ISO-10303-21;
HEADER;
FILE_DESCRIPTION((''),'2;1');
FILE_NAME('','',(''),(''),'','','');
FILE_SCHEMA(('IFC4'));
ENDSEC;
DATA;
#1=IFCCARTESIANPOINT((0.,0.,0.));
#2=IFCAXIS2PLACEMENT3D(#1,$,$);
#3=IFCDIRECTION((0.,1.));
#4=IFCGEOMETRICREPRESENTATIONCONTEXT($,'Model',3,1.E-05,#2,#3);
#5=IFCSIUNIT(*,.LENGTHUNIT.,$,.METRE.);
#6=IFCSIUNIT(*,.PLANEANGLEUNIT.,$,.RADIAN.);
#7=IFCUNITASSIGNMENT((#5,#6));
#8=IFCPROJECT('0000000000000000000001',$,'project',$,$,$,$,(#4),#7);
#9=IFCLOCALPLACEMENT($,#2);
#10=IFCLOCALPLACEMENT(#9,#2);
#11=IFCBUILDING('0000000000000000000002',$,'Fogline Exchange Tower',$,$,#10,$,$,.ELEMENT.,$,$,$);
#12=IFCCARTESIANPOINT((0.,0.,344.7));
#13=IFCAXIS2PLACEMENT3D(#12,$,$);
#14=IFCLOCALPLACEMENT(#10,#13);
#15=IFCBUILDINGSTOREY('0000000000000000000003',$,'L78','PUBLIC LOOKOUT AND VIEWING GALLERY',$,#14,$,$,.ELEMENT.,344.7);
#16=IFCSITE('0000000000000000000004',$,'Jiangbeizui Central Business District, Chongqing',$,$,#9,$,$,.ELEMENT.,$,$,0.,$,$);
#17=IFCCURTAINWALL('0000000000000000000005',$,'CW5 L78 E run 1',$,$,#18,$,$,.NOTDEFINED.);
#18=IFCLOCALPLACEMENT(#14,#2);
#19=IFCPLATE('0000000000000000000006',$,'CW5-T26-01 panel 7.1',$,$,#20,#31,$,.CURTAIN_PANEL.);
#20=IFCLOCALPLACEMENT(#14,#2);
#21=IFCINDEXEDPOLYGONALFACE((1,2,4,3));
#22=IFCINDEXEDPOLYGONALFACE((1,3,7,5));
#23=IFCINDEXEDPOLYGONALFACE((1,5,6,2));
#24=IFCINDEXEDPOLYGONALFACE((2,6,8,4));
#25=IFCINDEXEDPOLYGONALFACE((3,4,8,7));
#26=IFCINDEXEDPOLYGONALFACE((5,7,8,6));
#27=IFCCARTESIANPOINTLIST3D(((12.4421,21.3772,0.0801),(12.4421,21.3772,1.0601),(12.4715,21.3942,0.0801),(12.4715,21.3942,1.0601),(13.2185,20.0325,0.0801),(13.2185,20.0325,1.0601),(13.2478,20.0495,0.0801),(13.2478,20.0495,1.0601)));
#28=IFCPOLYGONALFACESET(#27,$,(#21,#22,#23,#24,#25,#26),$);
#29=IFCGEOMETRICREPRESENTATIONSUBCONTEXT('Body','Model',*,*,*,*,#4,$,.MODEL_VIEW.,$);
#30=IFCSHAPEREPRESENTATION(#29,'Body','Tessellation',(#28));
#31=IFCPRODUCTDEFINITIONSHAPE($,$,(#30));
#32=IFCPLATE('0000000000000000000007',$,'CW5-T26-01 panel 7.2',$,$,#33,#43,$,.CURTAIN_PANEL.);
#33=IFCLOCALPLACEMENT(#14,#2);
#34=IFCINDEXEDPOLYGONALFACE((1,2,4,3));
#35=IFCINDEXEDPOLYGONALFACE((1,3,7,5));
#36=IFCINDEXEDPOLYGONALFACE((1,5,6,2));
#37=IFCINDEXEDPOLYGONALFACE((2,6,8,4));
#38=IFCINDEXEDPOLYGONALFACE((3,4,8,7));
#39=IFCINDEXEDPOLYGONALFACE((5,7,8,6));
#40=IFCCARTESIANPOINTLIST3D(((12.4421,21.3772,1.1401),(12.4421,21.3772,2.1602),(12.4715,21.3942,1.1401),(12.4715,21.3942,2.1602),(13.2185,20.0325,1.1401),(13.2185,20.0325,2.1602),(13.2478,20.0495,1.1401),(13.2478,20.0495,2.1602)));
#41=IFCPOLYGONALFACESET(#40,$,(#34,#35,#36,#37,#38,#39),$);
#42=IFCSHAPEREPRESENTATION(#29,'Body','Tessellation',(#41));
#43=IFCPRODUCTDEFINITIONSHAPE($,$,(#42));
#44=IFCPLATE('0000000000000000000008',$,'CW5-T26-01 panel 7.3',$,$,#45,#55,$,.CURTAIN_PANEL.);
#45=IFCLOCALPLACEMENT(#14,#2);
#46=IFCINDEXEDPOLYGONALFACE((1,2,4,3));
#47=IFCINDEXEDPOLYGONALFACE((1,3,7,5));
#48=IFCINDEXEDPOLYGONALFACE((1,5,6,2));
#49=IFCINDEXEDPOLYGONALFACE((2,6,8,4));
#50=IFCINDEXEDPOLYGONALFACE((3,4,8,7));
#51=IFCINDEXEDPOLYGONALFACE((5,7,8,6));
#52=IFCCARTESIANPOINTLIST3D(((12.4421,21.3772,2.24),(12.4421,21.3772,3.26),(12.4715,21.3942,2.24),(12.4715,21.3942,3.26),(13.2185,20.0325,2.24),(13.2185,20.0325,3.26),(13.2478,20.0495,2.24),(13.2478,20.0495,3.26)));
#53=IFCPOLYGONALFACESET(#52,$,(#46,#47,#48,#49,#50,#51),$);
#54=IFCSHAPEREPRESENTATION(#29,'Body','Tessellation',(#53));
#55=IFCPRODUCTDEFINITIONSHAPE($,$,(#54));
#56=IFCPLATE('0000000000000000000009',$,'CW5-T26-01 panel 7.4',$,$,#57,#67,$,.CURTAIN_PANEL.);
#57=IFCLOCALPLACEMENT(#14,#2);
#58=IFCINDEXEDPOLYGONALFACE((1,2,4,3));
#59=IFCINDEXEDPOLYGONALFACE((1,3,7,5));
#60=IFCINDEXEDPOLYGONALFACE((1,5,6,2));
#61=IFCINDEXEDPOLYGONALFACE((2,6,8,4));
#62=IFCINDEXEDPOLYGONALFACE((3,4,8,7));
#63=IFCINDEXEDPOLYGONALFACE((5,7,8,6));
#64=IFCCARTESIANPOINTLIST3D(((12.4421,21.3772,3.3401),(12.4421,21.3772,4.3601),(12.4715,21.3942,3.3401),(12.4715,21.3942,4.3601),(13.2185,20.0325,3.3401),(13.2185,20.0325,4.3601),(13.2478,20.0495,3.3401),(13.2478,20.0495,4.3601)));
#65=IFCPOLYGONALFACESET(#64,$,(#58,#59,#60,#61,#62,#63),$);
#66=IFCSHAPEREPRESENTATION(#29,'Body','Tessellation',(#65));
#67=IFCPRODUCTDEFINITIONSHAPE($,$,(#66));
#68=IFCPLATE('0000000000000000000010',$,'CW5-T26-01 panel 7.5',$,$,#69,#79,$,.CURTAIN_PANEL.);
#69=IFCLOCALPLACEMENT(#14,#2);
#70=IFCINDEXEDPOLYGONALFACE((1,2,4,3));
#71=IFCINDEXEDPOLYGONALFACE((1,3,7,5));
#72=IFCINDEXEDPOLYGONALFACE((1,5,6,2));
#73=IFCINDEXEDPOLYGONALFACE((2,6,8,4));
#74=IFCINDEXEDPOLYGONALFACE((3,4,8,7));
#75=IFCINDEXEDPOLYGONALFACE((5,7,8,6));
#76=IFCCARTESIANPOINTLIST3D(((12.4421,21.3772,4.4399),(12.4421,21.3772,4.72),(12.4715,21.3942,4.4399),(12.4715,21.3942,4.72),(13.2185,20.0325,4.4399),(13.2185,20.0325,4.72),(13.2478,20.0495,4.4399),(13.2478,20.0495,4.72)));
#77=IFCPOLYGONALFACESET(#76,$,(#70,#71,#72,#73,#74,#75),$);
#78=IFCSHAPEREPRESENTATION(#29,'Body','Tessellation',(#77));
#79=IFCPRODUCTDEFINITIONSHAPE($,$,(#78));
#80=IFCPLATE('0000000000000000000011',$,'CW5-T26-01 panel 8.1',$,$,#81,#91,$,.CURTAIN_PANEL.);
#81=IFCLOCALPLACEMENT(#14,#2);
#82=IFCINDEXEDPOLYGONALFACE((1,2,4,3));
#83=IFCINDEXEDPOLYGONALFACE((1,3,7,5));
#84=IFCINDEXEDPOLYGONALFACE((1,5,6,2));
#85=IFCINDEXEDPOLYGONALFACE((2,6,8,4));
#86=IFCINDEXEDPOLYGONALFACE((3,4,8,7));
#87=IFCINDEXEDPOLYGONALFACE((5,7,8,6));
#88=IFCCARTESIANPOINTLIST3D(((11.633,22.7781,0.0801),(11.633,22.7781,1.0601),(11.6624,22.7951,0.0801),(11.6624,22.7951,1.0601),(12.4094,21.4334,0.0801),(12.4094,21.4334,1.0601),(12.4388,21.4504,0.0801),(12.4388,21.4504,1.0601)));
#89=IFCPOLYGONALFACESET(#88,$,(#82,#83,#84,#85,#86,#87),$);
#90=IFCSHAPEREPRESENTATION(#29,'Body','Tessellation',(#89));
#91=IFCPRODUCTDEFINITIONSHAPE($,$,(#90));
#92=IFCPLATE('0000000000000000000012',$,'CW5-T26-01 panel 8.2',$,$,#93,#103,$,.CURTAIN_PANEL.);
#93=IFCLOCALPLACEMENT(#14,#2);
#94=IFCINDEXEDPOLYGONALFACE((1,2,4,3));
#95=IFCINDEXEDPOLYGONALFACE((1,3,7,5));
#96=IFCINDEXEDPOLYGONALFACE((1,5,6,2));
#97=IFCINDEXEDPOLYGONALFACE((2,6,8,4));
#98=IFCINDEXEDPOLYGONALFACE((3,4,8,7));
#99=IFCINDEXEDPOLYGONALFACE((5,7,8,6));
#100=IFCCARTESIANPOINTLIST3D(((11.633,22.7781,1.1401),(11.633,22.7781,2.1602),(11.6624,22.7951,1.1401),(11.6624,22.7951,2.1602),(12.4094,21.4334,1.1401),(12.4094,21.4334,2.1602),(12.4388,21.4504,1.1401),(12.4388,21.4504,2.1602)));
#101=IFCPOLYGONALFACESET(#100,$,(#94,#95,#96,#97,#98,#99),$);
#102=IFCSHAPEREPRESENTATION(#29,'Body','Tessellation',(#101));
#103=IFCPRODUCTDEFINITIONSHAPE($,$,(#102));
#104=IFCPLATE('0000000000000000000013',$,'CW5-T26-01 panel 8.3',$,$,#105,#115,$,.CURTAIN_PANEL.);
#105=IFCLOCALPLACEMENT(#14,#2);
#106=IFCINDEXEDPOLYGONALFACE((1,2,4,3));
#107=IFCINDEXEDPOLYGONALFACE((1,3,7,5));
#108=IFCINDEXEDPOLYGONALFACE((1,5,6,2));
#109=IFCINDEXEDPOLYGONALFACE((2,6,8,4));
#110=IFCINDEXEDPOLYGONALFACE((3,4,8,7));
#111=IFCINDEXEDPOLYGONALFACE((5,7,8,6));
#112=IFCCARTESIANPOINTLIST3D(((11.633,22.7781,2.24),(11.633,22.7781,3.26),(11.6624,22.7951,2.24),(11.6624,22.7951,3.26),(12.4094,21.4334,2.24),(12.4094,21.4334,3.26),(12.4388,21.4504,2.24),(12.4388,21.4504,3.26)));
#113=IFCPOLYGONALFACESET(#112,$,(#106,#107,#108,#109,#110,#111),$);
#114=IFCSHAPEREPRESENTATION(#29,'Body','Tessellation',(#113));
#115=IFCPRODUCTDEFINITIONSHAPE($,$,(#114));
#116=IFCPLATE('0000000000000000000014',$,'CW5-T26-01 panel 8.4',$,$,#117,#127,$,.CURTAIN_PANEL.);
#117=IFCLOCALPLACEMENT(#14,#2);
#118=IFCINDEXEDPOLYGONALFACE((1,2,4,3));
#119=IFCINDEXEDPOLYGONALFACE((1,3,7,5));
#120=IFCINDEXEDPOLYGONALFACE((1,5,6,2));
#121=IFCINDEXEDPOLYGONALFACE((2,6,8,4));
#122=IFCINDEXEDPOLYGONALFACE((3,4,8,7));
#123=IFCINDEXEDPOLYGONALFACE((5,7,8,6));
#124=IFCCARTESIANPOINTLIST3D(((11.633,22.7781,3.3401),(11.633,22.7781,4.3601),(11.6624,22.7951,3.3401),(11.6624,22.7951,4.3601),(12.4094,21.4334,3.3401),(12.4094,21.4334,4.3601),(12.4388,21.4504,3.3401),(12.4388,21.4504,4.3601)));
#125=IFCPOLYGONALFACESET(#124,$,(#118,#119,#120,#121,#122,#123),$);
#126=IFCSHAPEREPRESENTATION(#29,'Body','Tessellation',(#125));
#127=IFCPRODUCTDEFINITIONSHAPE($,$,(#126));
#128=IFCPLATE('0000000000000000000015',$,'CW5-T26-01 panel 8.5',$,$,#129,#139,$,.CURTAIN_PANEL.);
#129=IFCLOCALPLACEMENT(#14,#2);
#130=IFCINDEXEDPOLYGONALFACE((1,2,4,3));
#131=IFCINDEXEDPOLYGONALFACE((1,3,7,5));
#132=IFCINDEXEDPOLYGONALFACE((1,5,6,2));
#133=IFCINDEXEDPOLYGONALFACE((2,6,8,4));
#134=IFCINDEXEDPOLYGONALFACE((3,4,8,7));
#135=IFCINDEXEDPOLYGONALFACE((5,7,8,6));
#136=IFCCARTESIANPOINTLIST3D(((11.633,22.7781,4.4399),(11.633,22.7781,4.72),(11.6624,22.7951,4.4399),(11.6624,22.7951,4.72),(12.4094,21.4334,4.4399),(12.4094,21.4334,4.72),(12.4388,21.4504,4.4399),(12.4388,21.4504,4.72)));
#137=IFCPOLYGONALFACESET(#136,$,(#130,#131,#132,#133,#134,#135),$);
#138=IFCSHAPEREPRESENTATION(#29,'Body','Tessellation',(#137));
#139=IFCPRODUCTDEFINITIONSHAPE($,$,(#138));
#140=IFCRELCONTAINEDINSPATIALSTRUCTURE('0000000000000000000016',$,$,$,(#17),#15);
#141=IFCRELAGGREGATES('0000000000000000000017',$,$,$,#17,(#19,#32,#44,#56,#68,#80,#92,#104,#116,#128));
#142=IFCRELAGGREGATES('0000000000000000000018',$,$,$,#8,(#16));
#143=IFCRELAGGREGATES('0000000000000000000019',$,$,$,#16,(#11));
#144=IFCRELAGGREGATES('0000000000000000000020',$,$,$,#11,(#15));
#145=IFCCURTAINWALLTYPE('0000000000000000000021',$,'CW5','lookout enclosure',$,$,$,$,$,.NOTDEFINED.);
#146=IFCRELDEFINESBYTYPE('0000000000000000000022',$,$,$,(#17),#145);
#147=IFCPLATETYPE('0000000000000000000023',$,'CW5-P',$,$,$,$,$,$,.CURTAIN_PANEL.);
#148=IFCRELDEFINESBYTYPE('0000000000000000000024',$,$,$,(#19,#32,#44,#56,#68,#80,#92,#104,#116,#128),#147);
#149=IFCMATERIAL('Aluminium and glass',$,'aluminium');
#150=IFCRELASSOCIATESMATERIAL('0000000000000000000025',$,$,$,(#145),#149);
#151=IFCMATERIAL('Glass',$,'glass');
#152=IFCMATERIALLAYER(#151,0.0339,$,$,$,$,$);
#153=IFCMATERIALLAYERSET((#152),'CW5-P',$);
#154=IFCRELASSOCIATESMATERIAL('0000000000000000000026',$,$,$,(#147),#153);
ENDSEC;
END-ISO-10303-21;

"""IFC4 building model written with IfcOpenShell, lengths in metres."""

from ifc_helpers import new_model, si_unit, direction, frame, origin, origin_2d, place, context, subcontext, project, spatial, rectangle, extrude, material, layer, layer_set, type_object, element, aggregate, save


model = new_model("IFC4")

# Units and contexts
model_context = context("Model", 3, precision=1e-05, world=origin(), true_north=direction((0.0, 1.0)))
body_context = subcontext(model_context, "Body", "Model", "MODEL_VIEW")
ifc_project = project(units=[si_unit("LENGTHUNIT", "METRE"), si_unit("PLANEANGLEUNIT", "RADIAN")], contexts=[model_context])

# Site, building, storey
site_placement = place(None, origin())
site = spatial("IfcSite", under=ifc_project, at=site_placement, Name="Jiangbeizui Central Business District, Chongqing", CompositionType="ELEMENT", RefElevation=0.0)
building_placement = place(site_placement, origin())
building = spatial("IfcBuilding", under=site, at=building_placement, Name="Fogline Exchange Tower", CompositionType="ELEMENT")
storey_placement = place(building_placement, frame((0.0, 0.0, 344.7)))
storey = spatial("IfcBuildingStorey", under=building, at=storey_placement, Name="L78", Description="PUBLIC LOOKOUT AND VIEWING GALLERY", CompositionType="ELEMENT", Elevation=344.7)

# Curtain wall, plates
ifc_material_1 = material(Name="Aluminium and glass", Category="aluminium")
curtain_wall_type = type_object("IfcCurtainWallType", Name="CW5", Description="lookout enclosure", PredefinedType="NOTDEFINED", material=ifc_material_1)
curtain_wall_placement = place(storey_placement, origin())
curtain_wall = element("IfcCurtainWall", 1, at=curtain_wall_placement, inside=storey, type_object=curtain_wall_type, Name="CW5 L78 E run 1", PredefinedType="NOTDEFINED")
ifc_material_2 = material(Name="Glass", Category="glass")
ifc_layer = layer(ifc_material_2, 0.0339)
ifc_layer_set = layer_set([ifc_layer], Name="CW5-P")
plate_type = type_object("IfcPlateType", Name="CW5-P", PredefinedType="CURTAIN_PANEL", material=ifc_layer_set)
plate_1_placement = place(storey_placement, frame((12.845, 20.7134, 0.0801), z_axis=(0.0, 0.0, 1.0), x_axis=(-0.5, 0.866025, 0.0)))
plate_1 = element("IfcPlate", 2, at=plate_1_placement, type_object=plate_type, Name="CW5-T26-01 panel 7.1", PredefinedType="CURTAIN_PANEL", context=body_context, shape_type="SweptSolid", body=[
    extrude(rectangle(XDim=1.5527, YDim=0.0339, at=origin_2d()), origin(), (0.0, 0.0, 1.0), 0.98),
])
plate_2_placement = place(storey_placement, frame((12.845, 20.7134, 1.1401), z_axis=(0.0, 0.0, 1.0), x_axis=(-0.5, 0.866025, 0.0)))
plate_2 = element("IfcPlate", 3, at=plate_2_placement, type_object=plate_type, Name="CW5-T26-01 panel 7.2", PredefinedType="CURTAIN_PANEL", context=body_context, shape_type="SweptSolid", body=[
    extrude(rectangle(XDim=1.5527, YDim=0.0339, at=origin_2d()), origin(), (0.0, 0.0, 1.0), 1.02),
])
plate_3_placement = place(storey_placement, frame((12.845, 20.7134, 2.24), z_axis=(0.0, 0.0, 1.0), x_axis=(-0.5, 0.866025, 0.0)))
plate_3 = element("IfcPlate", 4, at=plate_3_placement, type_object=plate_type, Name="CW5-T26-01 panel 7.3", PredefinedType="CURTAIN_PANEL", context=body_context, shape_type="SweptSolid", body=[
    extrude(rectangle(XDim=1.5527, YDim=0.0339, at=origin_2d()), origin(), (0.0, 0.0, 1.0), 1.02),
])
plate_4_placement = place(storey_placement, frame((12.845, 20.7134, 3.3401), z_axis=(0.0, 0.0, 1.0), x_axis=(-0.5, 0.866025, 0.0)))
plate_4 = element("IfcPlate", 5, at=plate_4_placement, type_object=plate_type, Name="CW5-T26-01 panel 7.4", PredefinedType="CURTAIN_PANEL", context=body_context, shape_type="SweptSolid", body=[
    extrude(rectangle(XDim=1.5527, YDim=0.0339, at=origin_2d()), origin(), (0.0, 0.0, 1.0), 1.02),
])
plate_5_placement = place(storey_placement, frame((12.845, 20.7134, 4.4399), z_axis=(0.0, 0.0, 1.0), x_axis=(-0.5, 0.866025, 0.0)))
plate_5 = element("IfcPlate", 6, at=plate_5_placement, type_object=plate_type, Name="CW5-T26-01 panel 7.5", PredefinedType="CURTAIN_PANEL", context=body_context, shape_type="SweptSolid", body=[
    extrude(rectangle(XDim=1.5527, YDim=0.0339, at=origin_2d()), origin(), (0.0, 0.0, 1.0), 0.28),
])
plate_6_placement = place(storey_placement, frame((12.0359, 22.1143, 0.0801), z_axis=(0.0, 0.0, 1.0), x_axis=(-0.5, 0.866025, 0.0)))
plate_6 = element("IfcPlate", 7, at=plate_6_placement, type_object=plate_type, Name="CW5-T26-01 panel 8.1", PredefinedType="CURTAIN_PANEL", context=body_context, shape_type="SweptSolid", body=[
    extrude(rectangle(XDim=1.5527, YDim=0.0339, at=origin_2d()), origin(), (0.0, 0.0, 1.0), 0.98),
])
plate_7_placement = place(storey_placement, frame((12.0359, 22.1143, 1.1401), z_axis=(0.0, 0.0, 1.0), x_axis=(-0.5, 0.866025, 0.0)))
plate_7 = element("IfcPlate", 8, at=plate_7_placement, type_object=plate_type, Name="CW5-T26-01 panel 8.2", PredefinedType="CURTAIN_PANEL", context=body_context, shape_type="SweptSolid", body=[
    extrude(rectangle(XDim=1.5527, YDim=0.0339, at=origin_2d()), origin(), (0.0, 0.0, 1.0), 1.02),
])
plate_8_placement = place(storey_placement, frame((12.0359, 22.1143, 2.24), z_axis=(0.0, 0.0, 1.0), x_axis=(-0.5, 0.866025, 0.0)))
plate_8 = element("IfcPlate", 9, at=plate_8_placement, type_object=plate_type, Name="CW5-T26-01 panel 8.3", PredefinedType="CURTAIN_PANEL", context=body_context, shape_type="SweptSolid", body=[
    extrude(rectangle(XDim=1.5527, YDim=0.0339, at=origin_2d()), origin(), (0.0, 0.0, 1.0), 1.02),
])
plate_9_placement = place(storey_placement, frame((12.0359, 22.1143, 3.3401), z_axis=(0.0, 0.0, 1.0), x_axis=(-0.5, 0.866025, 0.0)))
plate_9 = element("IfcPlate", 10, at=plate_9_placement, type_object=plate_type, Name="CW5-T26-01 panel 8.4", PredefinedType="CURTAIN_PANEL", context=body_context, shape_type="SweptSolid", body=[
    extrude(rectangle(XDim=1.5527, YDim=0.0339, at=origin_2d()), origin(), (0.0, 0.0, 1.0), 1.02),
])
plate_10_placement = place(storey_placement, frame((12.0359, 22.1143, 4.4399), z_axis=(0.0, 0.0, 1.0), x_axis=(-0.5, 0.866025, 0.0)))
plate_10 = element("IfcPlate", 11, at=plate_10_placement, type_object=plate_type, Name="CW5-T26-01 panel 8.5", PredefinedType="CURTAIN_PANEL", context=body_context, shape_type="SweptSolid", body=[
    extrude(rectangle(XDim=1.5527, YDim=0.0339, at=origin_2d()), origin(), (0.0, 0.0, 1.0), 0.28),
])
aggregate(curtain_wall, [plate_1, plate_2, plate_3, plate_4, plate_5, plate_6, plate_7, plate_8, plate_9, plate_10])

save(model, "model.ifc")
